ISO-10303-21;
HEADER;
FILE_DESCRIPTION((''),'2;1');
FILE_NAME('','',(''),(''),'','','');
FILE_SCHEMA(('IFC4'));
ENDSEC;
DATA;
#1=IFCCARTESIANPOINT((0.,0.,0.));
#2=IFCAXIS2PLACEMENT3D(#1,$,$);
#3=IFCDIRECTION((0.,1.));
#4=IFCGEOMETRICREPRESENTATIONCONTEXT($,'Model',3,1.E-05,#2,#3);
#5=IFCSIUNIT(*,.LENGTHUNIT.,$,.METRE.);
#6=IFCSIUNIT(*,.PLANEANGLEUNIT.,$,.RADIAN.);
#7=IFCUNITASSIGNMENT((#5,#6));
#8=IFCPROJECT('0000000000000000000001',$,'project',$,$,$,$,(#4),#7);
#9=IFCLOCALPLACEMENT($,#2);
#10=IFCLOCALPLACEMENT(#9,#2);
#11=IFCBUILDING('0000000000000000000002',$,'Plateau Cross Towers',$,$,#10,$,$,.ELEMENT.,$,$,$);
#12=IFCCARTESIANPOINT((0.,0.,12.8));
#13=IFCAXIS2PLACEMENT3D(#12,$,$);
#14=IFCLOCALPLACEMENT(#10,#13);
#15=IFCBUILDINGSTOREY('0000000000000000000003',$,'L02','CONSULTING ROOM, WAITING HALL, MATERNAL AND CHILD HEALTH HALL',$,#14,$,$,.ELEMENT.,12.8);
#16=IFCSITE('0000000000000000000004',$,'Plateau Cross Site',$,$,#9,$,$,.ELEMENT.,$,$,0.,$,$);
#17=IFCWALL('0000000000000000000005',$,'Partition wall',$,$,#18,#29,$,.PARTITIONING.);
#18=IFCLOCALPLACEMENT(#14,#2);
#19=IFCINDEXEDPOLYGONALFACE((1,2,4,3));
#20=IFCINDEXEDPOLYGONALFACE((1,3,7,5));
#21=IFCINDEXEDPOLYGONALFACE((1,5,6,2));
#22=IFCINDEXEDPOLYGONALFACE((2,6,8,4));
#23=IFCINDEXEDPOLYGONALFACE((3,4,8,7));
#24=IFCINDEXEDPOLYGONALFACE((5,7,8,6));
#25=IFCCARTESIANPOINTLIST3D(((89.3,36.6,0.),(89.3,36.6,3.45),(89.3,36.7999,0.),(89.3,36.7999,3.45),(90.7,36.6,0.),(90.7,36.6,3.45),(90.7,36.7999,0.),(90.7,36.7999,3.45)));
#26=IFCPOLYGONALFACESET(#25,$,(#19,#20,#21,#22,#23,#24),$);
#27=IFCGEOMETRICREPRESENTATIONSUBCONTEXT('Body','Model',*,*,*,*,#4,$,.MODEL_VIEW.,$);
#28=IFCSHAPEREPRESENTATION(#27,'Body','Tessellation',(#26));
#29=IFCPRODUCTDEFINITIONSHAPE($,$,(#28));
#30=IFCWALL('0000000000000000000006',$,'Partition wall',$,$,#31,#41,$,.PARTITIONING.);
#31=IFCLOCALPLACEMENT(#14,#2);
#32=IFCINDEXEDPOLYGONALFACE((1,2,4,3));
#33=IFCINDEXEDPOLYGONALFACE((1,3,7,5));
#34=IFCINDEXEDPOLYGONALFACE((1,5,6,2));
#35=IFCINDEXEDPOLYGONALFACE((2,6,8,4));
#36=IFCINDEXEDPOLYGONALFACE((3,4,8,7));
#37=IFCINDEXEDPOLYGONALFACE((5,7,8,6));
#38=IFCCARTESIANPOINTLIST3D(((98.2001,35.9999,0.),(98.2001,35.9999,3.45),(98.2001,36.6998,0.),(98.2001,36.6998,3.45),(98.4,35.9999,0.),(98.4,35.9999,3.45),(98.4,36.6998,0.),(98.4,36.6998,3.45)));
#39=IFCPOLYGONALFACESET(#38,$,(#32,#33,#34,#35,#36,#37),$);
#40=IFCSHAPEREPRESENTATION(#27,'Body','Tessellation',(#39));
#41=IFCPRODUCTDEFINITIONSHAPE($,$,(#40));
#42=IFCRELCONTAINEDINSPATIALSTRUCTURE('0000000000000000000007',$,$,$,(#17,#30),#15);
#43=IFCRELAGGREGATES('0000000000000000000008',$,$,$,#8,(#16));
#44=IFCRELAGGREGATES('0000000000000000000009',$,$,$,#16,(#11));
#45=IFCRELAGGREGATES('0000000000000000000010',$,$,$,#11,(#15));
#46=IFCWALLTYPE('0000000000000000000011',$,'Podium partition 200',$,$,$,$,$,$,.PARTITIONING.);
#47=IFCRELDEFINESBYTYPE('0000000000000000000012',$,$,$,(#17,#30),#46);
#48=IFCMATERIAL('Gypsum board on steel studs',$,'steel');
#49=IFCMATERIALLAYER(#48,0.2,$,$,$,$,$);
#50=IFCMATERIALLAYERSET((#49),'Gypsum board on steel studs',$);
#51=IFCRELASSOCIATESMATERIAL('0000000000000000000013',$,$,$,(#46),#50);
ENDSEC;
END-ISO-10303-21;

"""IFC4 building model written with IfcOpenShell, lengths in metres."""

from ifc_helpers import new_model, si_unit, direction, frame, frame_2d, origin, place, context, subcontext, project, spatial, rectangle, extrude, material, layer, layer_set, type_object, element, save


model = new_model("IFC4")

# Units and contexts
model_context = context("Model", 3, precision=1e-05, world=origin(), true_north=direction((0.0, 1.0)))
body_context = subcontext(model_context, "Body", "Model", "MODEL_VIEW")
ifc_project = project(units=[si_unit("LENGTHUNIT", "METRE"), si_unit("PLANEANGLEUNIT", "RADIAN")], contexts=[model_context])

# Site, building, storey
site_placement = place(None, origin())
site = spatial("IfcSite", under=ifc_project, at=site_placement, Name="Plateau Cross Site", CompositionType="ELEMENT", RefElevation=0.0)
building_placement = place(site_placement, origin())
building = spatial("IfcBuilding", under=site, at=building_placement, Name="Plateau Cross Towers", CompositionType="ELEMENT")
storey_placement = place(building_placement, frame((0.0, 0.0, 12.8)))
storey = spatial("IfcBuildingStorey", under=building, at=storey_placement, Name="L02", Description="CONSULTING ROOM, WAITING HALL, MATERNAL AND CHILD HEALTH HALL", CompositionType="ELEMENT", Elevation=12.8)

# Shared definitions
ifc_material_1 = material(Name="Gypsum board on steel studs", Category="steel")
ifc_layer_1 = layer(ifc_material_1, 0.2)
ifc_layer_set_1 = layer_set([ifc_layer_1], Name="Gypsum board on steel studs")
wall_type = type_object("IfcWallType", Name="Podium partition 200", PredefinedType="PARTITIONING", material=ifc_layer_set_1)

# Walls
wall_1_placement = place(storey_placement, frame((90.7, 36.7, 0.0), z_axis=(0.0, 0.0, 1.0), x_axis=(-1.0, 0.0, 0.0)))
element("IfcWall", 1, at=wall_1_placement, inside=storey, type_object=wall_type, Name="Partition wall", PredefinedType="PARTITIONING", context=body_context, shape_type="SweptSolid", body=[
    extrude(rectangle(XDim=1.3999, YDim=0.2, at=frame_2d((0.7, 0.0))), origin(), (0.0, 0.0, 1.0), 3.45),
])
wall_2_placement = place(storey_placement, frame((98.3, 36.7, 0.0), z_axis=(0.0, 0.0, 1.0), x_axis=(0.0, -1.0, 0.0)))
element("IfcWall", 2, at=wall_2_placement, inside=storey, type_object=wall_type, Name="Partition wall", PredefinedType="PARTITIONING", context=body_context, shape_type="SweptSolid", body=[
    extrude(rectangle(XDim=0.7, YDim=0.2, at=frame_2d((0.3501, 0.0))), origin(), (0.0, 0.0, 1.0), 3.45),
])

save(model, "model.ifc")
